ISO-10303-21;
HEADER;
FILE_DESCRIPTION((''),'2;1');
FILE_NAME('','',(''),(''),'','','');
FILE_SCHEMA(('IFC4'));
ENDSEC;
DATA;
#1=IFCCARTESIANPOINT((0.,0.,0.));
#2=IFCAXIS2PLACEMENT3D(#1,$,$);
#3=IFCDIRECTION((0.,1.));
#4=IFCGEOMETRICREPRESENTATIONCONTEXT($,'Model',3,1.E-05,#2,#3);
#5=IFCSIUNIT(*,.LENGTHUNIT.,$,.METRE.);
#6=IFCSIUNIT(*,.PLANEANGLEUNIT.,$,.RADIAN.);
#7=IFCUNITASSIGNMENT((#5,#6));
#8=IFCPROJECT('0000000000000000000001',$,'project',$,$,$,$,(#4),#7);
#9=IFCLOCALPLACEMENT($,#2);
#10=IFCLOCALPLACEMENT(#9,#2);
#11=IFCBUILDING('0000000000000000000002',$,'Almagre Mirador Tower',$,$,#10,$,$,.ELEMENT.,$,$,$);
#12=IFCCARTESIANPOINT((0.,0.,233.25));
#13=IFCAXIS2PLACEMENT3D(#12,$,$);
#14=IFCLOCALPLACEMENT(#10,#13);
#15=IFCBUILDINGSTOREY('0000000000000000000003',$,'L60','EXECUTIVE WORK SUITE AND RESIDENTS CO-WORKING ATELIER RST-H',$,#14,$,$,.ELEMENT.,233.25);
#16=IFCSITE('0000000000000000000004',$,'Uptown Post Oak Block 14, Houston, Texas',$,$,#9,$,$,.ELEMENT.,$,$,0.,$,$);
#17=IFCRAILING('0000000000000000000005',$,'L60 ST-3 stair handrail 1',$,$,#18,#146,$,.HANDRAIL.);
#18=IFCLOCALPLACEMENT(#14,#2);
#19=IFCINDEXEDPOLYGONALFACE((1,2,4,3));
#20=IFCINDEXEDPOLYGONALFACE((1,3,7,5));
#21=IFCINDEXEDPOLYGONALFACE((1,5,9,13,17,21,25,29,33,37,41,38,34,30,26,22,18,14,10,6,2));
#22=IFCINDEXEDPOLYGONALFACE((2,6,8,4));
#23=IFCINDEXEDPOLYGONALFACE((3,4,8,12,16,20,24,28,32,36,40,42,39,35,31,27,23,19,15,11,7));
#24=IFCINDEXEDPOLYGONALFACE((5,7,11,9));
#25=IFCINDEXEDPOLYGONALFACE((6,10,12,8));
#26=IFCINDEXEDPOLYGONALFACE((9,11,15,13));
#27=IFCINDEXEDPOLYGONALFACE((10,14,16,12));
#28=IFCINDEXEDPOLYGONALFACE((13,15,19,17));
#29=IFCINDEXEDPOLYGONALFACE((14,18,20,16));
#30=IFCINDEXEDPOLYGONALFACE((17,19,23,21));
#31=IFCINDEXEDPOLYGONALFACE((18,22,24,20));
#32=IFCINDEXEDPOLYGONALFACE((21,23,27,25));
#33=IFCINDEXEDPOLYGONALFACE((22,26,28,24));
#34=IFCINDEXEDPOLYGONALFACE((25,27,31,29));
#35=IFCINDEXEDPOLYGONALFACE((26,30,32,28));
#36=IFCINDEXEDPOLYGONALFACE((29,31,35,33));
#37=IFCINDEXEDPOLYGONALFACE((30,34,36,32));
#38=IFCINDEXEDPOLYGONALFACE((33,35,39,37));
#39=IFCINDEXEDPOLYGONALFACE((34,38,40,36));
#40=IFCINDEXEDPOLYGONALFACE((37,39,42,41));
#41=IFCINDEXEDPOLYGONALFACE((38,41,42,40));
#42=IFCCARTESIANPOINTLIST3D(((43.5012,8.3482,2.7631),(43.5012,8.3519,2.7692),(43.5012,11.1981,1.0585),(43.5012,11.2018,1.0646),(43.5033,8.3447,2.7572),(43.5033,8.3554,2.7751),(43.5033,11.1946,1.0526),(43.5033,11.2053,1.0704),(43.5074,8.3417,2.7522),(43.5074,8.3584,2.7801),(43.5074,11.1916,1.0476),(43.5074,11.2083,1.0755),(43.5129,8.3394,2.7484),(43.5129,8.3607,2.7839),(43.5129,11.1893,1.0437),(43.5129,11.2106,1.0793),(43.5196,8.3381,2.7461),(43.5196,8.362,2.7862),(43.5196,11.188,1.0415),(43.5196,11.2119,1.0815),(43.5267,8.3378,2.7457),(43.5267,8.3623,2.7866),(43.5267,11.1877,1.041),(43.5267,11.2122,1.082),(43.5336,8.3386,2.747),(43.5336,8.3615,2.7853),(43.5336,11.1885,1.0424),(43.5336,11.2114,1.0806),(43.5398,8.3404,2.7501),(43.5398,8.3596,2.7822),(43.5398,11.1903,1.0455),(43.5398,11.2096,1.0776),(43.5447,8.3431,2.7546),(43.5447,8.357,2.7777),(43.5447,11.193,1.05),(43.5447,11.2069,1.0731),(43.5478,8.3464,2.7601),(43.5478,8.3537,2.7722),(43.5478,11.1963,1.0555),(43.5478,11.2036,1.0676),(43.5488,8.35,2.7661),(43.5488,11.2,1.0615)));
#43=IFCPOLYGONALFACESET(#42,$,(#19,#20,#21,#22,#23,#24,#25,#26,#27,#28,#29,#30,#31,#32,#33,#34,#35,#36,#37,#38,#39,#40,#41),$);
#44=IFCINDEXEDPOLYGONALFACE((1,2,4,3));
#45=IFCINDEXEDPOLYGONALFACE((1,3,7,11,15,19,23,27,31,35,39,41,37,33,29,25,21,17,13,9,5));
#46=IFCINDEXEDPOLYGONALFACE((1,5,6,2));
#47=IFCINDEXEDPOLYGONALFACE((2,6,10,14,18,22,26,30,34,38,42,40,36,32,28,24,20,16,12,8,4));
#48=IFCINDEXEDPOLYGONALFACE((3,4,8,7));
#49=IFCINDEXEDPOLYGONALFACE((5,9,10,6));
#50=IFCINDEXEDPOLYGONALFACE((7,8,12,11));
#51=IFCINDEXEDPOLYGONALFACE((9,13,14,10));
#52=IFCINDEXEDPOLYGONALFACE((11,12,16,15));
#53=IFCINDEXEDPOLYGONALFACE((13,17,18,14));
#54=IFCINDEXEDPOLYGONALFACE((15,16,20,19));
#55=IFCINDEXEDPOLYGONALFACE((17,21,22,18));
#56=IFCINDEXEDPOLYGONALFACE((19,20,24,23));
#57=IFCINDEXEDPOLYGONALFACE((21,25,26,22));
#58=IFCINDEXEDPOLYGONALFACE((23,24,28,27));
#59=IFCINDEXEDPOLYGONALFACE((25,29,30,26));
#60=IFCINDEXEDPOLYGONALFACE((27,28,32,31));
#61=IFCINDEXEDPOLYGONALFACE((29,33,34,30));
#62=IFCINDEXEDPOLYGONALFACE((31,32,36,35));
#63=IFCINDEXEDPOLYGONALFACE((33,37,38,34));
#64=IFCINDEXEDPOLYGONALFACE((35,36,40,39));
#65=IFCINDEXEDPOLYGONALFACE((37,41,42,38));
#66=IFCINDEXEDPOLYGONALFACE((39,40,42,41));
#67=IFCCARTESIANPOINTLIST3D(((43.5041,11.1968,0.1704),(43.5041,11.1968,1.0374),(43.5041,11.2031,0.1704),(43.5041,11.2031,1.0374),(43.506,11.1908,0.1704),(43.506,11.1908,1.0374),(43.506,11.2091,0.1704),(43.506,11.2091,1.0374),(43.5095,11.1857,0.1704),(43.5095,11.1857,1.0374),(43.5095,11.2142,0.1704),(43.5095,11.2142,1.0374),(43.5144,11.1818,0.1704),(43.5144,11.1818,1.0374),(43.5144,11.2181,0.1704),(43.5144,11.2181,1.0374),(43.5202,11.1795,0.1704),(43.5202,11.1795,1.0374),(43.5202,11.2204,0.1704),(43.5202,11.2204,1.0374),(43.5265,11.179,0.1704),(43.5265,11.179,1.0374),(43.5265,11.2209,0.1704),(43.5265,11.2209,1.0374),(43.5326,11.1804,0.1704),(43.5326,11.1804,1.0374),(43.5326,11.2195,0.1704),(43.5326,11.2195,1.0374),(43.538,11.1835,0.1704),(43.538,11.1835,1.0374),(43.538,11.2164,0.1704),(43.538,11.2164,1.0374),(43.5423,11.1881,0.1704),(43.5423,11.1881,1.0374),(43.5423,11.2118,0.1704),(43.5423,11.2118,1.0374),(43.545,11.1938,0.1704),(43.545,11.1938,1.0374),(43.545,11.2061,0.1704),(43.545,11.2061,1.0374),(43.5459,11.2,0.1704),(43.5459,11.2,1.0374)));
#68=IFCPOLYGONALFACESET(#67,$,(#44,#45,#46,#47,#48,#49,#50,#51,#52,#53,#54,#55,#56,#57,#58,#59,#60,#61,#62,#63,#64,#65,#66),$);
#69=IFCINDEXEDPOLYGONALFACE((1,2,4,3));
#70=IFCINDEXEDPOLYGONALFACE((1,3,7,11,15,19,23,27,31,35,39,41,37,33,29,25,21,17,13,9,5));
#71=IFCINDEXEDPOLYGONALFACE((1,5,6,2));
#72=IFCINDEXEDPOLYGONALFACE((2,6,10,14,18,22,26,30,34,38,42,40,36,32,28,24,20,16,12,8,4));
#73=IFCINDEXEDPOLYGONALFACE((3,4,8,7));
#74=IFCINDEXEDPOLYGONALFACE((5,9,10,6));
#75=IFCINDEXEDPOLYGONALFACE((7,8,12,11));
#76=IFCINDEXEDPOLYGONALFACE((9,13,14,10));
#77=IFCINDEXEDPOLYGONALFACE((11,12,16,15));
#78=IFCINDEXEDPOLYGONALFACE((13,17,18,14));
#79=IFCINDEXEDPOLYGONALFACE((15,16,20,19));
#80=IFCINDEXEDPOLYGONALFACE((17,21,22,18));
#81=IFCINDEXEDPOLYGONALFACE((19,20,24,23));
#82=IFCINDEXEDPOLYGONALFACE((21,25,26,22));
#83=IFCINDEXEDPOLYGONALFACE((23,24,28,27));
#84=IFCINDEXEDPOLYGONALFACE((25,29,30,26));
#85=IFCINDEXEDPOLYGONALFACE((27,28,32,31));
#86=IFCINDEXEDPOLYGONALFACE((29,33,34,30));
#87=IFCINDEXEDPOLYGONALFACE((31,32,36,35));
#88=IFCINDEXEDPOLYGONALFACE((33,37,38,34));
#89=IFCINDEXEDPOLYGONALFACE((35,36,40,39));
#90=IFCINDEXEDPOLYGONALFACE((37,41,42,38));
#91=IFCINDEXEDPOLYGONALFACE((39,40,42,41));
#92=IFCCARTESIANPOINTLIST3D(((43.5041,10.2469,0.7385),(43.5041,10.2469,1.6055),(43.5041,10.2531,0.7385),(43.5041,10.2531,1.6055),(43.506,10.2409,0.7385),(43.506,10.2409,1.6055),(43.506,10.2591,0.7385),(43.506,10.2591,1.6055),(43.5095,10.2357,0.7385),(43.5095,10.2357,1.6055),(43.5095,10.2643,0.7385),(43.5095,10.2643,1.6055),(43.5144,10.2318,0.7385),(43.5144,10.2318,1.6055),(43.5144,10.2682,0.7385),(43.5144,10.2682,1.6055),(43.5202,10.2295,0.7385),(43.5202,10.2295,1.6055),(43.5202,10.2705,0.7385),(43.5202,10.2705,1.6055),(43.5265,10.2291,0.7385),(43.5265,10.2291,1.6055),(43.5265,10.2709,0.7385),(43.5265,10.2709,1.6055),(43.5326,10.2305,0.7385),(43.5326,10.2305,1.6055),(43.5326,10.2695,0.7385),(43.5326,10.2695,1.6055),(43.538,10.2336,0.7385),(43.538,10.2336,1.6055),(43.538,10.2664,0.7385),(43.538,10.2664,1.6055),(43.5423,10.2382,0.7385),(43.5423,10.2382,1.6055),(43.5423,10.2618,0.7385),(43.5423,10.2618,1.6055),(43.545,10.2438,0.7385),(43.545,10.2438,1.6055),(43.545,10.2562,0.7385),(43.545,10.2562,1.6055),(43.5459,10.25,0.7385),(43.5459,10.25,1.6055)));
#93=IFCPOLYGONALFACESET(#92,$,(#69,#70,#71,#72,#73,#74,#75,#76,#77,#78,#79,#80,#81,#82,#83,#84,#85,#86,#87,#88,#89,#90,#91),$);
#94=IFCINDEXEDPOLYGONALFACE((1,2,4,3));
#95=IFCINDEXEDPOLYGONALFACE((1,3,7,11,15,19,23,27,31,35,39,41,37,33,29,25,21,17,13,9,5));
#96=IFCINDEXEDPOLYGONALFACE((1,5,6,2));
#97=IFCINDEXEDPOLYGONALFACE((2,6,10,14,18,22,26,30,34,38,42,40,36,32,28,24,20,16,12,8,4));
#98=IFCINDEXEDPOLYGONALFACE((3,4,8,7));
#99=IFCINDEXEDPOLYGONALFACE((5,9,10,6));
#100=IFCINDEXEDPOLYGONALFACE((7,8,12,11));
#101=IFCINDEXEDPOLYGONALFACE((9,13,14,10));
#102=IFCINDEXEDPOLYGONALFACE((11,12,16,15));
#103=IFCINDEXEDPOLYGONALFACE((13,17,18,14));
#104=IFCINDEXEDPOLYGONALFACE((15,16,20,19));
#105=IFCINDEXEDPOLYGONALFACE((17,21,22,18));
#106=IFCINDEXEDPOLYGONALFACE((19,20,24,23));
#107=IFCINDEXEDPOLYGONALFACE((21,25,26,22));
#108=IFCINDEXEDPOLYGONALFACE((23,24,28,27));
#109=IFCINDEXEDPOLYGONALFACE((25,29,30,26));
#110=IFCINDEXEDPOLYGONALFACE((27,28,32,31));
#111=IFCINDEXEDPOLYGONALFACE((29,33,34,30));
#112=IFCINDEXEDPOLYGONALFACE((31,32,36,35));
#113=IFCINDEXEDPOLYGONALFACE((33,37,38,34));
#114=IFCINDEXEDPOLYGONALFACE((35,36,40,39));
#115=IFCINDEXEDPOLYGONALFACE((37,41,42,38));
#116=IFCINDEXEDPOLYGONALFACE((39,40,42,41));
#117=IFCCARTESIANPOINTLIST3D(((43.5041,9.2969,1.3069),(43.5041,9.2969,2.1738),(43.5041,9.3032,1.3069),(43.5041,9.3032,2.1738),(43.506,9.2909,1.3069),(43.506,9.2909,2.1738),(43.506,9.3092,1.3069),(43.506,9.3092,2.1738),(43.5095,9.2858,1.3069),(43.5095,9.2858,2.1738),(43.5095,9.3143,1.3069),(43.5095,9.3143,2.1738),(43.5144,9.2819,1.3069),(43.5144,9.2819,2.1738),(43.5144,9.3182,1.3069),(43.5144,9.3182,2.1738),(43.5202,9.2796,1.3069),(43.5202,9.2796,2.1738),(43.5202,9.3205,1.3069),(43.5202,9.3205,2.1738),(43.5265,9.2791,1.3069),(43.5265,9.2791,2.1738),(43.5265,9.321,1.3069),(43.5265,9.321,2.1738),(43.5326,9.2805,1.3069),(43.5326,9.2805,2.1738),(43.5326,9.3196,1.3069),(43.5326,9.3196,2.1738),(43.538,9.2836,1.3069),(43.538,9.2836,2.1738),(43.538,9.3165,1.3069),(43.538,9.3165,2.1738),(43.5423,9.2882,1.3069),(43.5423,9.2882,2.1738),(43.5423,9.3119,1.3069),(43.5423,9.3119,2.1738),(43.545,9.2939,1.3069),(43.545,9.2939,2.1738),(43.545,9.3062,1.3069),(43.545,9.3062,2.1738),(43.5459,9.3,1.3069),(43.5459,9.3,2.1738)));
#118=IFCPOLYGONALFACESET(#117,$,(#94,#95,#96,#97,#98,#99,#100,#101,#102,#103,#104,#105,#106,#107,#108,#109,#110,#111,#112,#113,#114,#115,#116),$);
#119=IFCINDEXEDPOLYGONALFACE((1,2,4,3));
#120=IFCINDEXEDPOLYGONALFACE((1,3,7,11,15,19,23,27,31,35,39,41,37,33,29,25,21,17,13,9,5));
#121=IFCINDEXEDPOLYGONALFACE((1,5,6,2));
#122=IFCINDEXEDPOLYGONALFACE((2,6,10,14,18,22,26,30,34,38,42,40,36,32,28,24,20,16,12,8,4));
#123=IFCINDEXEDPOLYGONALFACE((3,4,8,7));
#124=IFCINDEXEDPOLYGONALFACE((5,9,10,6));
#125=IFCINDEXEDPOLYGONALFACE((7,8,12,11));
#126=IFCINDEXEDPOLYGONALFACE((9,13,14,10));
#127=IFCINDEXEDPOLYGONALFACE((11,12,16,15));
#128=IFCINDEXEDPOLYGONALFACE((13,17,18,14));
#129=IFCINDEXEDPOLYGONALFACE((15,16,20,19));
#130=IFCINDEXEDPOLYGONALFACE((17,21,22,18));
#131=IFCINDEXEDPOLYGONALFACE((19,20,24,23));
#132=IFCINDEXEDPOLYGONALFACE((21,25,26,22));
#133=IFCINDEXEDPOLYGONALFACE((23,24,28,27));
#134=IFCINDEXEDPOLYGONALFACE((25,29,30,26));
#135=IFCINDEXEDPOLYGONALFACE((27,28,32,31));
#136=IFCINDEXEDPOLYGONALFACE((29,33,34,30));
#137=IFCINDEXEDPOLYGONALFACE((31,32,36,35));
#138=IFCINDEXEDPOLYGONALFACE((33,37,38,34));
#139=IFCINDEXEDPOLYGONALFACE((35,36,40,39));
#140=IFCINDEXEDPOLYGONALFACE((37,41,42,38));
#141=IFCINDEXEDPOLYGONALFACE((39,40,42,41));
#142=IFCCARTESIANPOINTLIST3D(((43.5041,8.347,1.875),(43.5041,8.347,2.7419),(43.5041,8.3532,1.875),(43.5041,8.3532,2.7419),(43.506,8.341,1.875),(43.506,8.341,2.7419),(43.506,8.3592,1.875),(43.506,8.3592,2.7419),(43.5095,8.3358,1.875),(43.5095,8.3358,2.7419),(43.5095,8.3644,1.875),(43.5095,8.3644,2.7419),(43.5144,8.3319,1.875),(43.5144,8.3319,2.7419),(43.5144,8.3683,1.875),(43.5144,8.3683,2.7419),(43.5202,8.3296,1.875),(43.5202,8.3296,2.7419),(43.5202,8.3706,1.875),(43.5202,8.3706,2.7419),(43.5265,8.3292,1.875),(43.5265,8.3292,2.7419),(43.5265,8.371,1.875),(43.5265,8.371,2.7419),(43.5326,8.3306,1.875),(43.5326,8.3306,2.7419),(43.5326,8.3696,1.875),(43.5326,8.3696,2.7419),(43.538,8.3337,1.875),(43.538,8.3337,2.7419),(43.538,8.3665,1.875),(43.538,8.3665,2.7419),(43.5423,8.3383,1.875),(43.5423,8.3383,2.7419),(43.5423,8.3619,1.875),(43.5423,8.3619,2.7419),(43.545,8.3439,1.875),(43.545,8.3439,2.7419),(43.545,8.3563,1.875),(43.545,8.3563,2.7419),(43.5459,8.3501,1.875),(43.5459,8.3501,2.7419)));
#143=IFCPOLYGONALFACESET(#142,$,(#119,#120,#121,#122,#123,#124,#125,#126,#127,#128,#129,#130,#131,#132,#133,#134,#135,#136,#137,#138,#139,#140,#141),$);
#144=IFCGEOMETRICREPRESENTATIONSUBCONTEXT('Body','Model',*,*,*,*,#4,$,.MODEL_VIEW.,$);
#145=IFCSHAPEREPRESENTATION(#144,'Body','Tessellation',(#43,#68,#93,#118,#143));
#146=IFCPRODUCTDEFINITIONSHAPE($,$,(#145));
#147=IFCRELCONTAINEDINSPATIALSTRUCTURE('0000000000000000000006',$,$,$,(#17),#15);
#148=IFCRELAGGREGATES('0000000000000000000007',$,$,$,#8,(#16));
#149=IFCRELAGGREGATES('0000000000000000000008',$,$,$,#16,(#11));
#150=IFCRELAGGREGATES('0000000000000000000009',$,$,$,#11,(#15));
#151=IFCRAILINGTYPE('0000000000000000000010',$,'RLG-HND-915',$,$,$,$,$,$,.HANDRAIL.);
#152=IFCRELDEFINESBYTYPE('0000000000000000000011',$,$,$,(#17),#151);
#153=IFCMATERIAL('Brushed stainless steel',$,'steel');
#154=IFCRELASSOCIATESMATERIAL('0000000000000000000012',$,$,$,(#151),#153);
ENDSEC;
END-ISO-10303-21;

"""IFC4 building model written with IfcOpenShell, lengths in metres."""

from ifc_helpers import new_model, si_unit, direction, frame, origin, origin_2d, place, context, subcontext, project, spatial, circle, extrude, material, type_object, element, save


model = new_model("IFC4")

# Units and contexts
model_context = context("Model", 3, precision=1e-05, world=origin(), true_north=direction((0.0, 1.0)))
body_context = subcontext(model_context, "Body", "Model", "MODEL_VIEW")
ifc_project = project(units=[si_unit("LENGTHUNIT", "METRE"), si_unit("PLANEANGLEUNIT", "RADIAN")], contexts=[model_context])

# Site, building, storey
site_placement = place(None, origin())
site = spatial("IfcSite", under=ifc_project, at=site_placement, Name="Uptown Post Oak Block 14, Houston, Texas", CompositionType="ELEMENT", RefElevation=0.0)
building_placement = place(site_placement, origin())
building = spatial("IfcBuilding", under=site, at=building_placement, Name="Almagre Mirador Tower", CompositionType="ELEMENT")
storey_placement = place(building_placement, frame((0.0, 0.0, 233.25)))
storey = spatial("IfcBuildingStorey", under=building, at=storey_placement, Name="L60", Description="EXECUTIVE WORK SUITE AND RESIDENTS CO-WORKING ATELIER RST-H", CompositionType="ELEMENT", Elevation=233.25)

# Railing
ifc_material_1 = material(Name="Brushed stainless steel", Category="steel")
railing_type_1 = type_object("IfcRailingType", Name="RLG-HND-915", PredefinedType="HANDRAIL", material=ifc_material_1)
railing_1_placement = place(storey_placement, frame((43.5249, 11.2, 0.1704)))
element("IfcRailing", 1, at=railing_1_placement, inside=storey, type_object=railing_type_1, Name="L60 ST-3 stair handrail 1", PredefinedType="HANDRAIL", context=body_context, shape_type="SweptSolid", body=[
    extrude(circle(Radius=0.0239, at=origin_2d()), frame((0.0, 0.0, 0.8911), z_axis=(0.0, -0.858199, 0.513317), x_axis=(1.0, 0.0, 0.0)), (0.0, 0.0, 1.0), 3.3208),
    extrude(circle(Radius=0.021, at=origin_2d()), origin(), (0.0, 0.0, 1.0), 0.8669),
    extrude(circle(Radius=0.021, at=origin_2d()), frame((0.0, -0.95, 0.5681)), (0.0, 0.0, 1.0), 0.8669),
    extrude(circle(Radius=0.021, at=origin_2d()), frame((0.0, -1.8999, 1.1365)), (0.0, 0.0, 1.0), 0.8669),
    extrude(circle(Radius=0.021, at=origin_2d()), frame((0.0, -2.8499, 1.7046)), (0.0, 0.0, 1.0), 0.8669),
])

save(model, "model.ifc")
